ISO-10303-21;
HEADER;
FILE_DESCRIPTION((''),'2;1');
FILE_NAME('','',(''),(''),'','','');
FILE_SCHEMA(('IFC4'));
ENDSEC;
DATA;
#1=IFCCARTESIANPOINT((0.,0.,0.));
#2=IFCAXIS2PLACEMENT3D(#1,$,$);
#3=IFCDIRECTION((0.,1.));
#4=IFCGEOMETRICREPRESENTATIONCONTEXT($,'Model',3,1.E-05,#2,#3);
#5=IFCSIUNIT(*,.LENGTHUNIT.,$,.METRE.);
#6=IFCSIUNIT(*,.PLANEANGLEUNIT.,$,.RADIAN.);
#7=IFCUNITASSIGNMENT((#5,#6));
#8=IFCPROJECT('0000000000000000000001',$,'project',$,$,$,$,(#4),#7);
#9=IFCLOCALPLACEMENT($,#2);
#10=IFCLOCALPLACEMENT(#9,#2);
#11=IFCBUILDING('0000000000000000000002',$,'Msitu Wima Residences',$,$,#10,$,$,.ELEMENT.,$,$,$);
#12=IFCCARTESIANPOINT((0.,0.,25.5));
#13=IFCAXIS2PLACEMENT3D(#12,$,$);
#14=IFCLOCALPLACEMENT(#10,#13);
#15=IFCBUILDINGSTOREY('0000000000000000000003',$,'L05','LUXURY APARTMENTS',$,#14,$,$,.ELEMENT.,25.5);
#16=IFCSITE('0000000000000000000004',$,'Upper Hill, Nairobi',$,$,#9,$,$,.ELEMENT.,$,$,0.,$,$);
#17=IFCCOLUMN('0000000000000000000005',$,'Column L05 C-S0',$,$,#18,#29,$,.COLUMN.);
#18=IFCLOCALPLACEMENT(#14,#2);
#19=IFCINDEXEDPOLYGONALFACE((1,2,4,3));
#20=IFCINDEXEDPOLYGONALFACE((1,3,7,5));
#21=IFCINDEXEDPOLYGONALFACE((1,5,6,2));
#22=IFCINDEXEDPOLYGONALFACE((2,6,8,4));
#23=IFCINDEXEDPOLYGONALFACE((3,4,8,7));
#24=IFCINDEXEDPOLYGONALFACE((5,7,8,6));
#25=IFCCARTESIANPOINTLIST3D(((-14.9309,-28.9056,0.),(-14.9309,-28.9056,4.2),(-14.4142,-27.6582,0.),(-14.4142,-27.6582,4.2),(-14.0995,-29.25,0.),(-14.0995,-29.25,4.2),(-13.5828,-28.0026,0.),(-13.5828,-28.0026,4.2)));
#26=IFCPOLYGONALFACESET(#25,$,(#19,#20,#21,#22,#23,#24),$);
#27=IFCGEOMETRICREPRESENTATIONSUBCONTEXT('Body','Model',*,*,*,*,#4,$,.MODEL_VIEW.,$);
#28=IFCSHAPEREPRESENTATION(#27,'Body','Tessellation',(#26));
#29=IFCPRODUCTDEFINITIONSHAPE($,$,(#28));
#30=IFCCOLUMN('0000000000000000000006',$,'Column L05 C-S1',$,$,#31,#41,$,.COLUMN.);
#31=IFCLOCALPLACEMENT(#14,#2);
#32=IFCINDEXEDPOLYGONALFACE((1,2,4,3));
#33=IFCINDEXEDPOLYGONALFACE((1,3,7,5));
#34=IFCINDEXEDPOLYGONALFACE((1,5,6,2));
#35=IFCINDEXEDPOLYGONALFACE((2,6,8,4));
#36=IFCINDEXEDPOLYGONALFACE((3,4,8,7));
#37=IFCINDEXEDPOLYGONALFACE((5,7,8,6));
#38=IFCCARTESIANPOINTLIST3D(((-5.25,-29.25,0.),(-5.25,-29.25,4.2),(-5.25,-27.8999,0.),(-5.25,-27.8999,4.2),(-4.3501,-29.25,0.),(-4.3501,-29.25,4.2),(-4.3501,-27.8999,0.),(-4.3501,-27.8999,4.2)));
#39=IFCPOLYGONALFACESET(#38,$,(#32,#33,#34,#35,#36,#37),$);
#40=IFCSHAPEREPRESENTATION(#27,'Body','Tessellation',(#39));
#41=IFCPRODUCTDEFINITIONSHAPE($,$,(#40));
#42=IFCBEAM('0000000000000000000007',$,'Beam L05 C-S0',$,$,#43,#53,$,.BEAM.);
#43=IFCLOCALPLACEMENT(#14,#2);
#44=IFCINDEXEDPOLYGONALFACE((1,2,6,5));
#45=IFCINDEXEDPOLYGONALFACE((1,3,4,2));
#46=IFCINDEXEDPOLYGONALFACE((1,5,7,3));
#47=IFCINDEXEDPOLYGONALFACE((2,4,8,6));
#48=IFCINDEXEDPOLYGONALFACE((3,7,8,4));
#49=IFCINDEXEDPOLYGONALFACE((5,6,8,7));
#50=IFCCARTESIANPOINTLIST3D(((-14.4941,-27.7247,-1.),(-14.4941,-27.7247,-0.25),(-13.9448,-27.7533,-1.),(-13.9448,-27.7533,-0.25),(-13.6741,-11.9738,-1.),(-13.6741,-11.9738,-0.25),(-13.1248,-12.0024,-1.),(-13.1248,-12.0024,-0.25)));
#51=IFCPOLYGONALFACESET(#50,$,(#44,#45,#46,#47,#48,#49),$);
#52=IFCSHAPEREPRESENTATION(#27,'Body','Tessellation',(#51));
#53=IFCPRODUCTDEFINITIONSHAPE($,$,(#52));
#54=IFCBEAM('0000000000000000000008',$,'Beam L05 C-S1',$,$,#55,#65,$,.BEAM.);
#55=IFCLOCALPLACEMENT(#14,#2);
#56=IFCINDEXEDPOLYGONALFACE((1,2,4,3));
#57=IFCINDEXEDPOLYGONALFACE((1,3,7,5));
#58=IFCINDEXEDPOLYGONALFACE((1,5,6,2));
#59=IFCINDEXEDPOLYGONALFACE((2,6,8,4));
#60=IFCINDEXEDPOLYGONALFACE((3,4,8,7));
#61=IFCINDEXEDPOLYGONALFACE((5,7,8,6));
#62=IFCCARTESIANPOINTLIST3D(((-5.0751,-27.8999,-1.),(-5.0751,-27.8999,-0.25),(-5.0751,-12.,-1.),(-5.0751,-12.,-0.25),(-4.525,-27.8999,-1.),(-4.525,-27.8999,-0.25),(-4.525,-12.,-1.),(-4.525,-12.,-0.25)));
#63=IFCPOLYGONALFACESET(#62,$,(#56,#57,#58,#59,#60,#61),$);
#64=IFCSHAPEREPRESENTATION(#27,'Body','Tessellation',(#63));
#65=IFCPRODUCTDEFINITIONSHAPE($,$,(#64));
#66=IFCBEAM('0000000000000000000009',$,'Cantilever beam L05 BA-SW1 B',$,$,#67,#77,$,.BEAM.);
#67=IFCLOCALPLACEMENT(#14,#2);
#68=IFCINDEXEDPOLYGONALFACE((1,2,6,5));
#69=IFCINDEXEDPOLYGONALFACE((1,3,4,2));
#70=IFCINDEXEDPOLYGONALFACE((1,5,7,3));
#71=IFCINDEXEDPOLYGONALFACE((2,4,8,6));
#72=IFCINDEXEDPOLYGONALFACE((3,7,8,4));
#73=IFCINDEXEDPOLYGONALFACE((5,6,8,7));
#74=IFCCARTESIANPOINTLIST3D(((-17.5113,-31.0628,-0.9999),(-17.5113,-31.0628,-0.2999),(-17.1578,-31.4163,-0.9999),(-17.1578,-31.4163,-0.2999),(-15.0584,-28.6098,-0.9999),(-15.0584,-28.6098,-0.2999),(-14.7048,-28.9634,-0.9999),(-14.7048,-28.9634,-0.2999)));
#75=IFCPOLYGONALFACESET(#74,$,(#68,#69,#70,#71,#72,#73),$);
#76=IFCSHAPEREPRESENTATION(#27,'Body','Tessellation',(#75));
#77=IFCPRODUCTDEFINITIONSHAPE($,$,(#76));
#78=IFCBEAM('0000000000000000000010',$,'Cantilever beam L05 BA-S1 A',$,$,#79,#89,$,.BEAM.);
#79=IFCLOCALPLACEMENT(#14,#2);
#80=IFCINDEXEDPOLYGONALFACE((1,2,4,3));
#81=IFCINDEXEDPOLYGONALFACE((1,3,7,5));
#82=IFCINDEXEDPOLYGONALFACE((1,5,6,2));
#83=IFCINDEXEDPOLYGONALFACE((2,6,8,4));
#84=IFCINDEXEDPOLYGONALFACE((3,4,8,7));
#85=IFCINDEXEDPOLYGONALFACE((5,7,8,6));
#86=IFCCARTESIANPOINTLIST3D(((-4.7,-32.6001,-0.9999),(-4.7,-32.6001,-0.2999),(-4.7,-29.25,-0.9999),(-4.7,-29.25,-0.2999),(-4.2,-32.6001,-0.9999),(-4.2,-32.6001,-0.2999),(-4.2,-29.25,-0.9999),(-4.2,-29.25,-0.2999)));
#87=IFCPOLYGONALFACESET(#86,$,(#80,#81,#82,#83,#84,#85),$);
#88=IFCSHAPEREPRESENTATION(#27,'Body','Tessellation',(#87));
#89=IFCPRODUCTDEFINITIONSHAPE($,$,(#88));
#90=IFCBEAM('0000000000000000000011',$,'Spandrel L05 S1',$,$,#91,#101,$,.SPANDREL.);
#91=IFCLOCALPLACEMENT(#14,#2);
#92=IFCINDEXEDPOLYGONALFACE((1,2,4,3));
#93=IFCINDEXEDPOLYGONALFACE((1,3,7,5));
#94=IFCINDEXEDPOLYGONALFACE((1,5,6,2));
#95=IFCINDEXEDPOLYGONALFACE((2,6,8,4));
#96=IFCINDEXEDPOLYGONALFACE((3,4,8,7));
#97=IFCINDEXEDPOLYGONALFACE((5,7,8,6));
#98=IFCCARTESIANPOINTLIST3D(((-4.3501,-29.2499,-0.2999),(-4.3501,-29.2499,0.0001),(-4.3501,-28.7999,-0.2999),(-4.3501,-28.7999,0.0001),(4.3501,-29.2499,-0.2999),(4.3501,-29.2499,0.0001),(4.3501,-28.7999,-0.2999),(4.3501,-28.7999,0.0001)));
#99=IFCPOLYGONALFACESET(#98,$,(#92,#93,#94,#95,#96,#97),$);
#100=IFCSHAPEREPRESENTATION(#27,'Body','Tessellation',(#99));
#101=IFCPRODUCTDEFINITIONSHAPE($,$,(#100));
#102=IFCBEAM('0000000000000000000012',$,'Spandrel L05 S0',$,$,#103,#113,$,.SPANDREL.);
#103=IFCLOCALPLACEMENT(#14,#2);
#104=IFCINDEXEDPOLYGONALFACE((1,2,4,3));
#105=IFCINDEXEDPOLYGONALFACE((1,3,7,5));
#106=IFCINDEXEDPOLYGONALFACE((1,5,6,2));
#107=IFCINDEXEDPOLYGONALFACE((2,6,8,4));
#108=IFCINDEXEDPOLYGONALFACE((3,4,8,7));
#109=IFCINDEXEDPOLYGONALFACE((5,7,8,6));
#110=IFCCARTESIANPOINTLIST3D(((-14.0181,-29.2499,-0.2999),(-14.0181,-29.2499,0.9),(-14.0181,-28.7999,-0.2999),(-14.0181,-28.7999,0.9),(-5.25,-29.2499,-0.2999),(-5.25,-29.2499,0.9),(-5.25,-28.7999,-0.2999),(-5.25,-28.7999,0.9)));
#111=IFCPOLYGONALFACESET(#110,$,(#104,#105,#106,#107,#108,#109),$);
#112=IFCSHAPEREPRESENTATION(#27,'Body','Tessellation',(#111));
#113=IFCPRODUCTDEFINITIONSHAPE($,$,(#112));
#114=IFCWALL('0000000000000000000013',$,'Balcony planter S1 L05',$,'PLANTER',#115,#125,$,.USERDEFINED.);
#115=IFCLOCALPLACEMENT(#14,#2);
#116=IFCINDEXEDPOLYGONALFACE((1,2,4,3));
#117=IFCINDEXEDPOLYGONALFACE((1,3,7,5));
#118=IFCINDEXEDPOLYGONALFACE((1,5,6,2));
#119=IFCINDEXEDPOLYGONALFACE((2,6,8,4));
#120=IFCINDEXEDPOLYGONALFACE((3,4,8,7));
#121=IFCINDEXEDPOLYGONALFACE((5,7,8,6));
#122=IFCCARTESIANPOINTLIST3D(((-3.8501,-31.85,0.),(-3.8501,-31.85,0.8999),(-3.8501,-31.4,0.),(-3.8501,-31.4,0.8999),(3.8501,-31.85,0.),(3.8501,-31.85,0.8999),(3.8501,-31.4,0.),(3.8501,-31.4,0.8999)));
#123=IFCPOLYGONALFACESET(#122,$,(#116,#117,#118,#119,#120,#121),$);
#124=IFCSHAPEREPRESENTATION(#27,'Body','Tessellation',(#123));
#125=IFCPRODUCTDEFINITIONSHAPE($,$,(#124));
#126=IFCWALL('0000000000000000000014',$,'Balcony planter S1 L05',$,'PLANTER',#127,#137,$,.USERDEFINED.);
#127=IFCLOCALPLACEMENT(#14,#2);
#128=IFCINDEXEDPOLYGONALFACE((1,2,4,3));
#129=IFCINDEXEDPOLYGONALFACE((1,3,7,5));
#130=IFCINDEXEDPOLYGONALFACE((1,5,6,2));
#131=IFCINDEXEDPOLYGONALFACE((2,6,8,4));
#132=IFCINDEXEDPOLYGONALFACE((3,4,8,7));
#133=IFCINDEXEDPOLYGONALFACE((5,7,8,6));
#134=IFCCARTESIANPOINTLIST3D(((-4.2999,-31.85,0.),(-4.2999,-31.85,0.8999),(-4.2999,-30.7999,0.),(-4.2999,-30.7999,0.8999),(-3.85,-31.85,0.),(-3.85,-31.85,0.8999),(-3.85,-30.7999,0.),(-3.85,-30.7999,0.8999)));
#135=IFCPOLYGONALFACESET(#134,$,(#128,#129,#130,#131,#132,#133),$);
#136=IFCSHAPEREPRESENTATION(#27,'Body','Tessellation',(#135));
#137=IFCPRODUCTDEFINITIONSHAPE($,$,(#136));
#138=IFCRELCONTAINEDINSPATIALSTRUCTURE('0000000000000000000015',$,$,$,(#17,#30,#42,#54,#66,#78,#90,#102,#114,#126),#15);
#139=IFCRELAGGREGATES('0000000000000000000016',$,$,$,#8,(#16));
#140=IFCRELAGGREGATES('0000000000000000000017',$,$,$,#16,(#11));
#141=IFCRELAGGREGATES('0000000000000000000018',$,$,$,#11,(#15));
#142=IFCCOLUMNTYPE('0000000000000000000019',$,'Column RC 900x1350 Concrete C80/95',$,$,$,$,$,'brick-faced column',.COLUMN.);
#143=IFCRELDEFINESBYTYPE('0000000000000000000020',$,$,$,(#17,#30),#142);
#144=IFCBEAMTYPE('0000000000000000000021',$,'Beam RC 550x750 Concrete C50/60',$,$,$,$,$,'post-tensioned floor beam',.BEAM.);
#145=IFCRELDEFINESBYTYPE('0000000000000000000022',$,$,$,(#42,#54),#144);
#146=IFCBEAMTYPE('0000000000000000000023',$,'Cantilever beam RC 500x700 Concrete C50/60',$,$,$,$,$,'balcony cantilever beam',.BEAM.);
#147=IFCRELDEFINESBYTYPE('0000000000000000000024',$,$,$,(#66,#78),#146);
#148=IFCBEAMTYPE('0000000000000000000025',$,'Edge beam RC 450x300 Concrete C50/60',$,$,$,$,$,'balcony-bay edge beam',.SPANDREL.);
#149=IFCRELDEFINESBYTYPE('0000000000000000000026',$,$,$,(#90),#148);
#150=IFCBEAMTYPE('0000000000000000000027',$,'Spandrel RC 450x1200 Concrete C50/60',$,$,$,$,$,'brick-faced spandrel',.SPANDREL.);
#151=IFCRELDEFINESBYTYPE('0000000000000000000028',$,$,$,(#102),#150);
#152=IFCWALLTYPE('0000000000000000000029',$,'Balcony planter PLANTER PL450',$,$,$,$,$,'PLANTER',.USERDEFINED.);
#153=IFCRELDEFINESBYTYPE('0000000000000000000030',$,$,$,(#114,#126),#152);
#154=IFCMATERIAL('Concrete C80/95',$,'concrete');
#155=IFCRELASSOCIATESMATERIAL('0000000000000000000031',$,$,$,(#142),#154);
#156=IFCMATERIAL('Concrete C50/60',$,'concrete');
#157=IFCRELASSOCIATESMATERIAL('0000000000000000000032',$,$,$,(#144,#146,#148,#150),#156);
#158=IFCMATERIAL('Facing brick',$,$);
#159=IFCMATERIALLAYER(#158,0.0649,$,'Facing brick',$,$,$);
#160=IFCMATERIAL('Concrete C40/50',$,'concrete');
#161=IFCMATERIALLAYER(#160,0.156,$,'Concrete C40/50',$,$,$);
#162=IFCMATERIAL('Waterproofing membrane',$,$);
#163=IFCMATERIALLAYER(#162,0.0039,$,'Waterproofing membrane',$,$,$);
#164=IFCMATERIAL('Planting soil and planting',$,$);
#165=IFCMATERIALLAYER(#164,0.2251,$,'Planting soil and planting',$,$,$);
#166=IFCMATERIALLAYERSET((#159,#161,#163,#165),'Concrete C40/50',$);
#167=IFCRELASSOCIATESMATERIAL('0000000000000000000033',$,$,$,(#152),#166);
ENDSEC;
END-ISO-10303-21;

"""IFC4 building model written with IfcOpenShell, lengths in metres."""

from ifc_helpers import new_model, si_unit, direction, frame, frame_2d, origin, origin_2d, place, context, subcontext, project, spatial, rectangle, extrude, material, layer, layer_set, material_profile, profile_set, type_object, element, save


model = new_model("IFC4")

# Units and contexts
model_context = context("Model", 3, precision=1e-05, world=origin(), true_north=direction((0.0, 1.0)))
body_context = subcontext(model_context, "Body", "Model", "MODEL_VIEW")
ifc_project = project(units=[si_unit("LENGTHUNIT", "METRE"), si_unit("PLANEANGLEUNIT", "RADIAN")], contexts=[model_context])

# Site, building, storey
site_placement = place(None, origin())
site = spatial("IfcSite", under=ifc_project, at=site_placement, Name="Upper Hill, Nairobi", CompositionType="ELEMENT", RefElevation=0.0)
building_placement = place(site_placement, origin())
building = spatial("IfcBuilding", under=site, at=building_placement, Name="Msitu Wima Residences", CompositionType="ELEMENT")
storey_placement = place(building_placement, frame((0.0, 0.0, 25.5)))
storey = spatial("IfcBuildingStorey", under=building, at=storey_placement, Name="L05", Description="LUXURY APARTMENTS", CompositionType="ELEMENT", Elevation=25.5)

# Columns
ifc_material_1 = material(Name="Concrete C80/95", Category="concrete")
ifc_material_profile_1 = material_profile(ifc_material_1, rectangle(XDim=0.8999, YDim=1.3501, at=origin_2d()), Name="RC 900x1350")
ifc_profile_set_1 = profile_set([ifc_material_profile_1], Name="Concrete C80/95")
column_type = type_object("IfcColumnType", Name="Column RC 900x1350 Concrete C80/95", ElementType="brick-faced column", PredefinedType="COLUMN", material=ifc_profile_set_1)
for number, where, z_axis, x_axis, name in (
    (1, (-14.2568, -28.4541, 0.0), (0.0, 0.0, 1.0), (0.92388, -0.382683, 0.0), "Column L05 C-S0"),
    (2, (-4.8, -28.575, 0.0), (0.0, 0.0, 1.0), (1.0, 0.0, 0.0), "Column L05 C-S1"),
):
    element("IfcColumn", number, at=place(storey_placement, frame(where, z_axis=z_axis, x_axis=x_axis)), inside=storey, type_object=column_type, Name=name, PredefinedType="COLUMN", context=body_context, shape_type="SweptSolid", body=[
        extrude(rectangle(XDim=0.8999, YDim=1.3501, at=origin_2d()), origin(), (0.0, 0.0, 1.0), 4.2),
    ])

# Beams
ifc_material_2 = material(Name="Concrete C50/60", Category="concrete")
ifc_material_profile_2 = material_profile(ifc_material_2, rectangle(XDim=0.55, YDim=0.75, at=origin_2d()), Name="RC 550x750")
ifc_profile_set_2 = profile_set([ifc_material_profile_2], Name="Concrete C50/60")
beam_type_1 = type_object("IfcBeamType", Name="Beam RC 550x750 Concrete C50/60", ElementType="post-tensioned floor beam", PredefinedType="BEAM", material=ifc_profile_set_2)
beam_1_placement = place(storey_placement, frame((-14.2195, -27.739, -0.625), z_axis=(0.051994, 0.998647, 0.0), x_axis=(-0.998647, 0.051994, 0.0)))
element("IfcBeam", 3, at=beam_1_placement, inside=storey, type_object=beam_type_1, Name="Beam L05 C-S0", PredefinedType="BEAM", context=body_context, shape_type="SweptSolid", body=[
    extrude(rectangle(XDim=0.55, YDim=0.75, at=origin_2d()), origin(), (0.0, 0.0, 1.0), 15.7722),
])
beam_2_placement = place(storey_placement, frame((-4.8, -27.8999, -0.625), z_axis=(0.0, 1.0, 0.0), x_axis=(-1.0, 0.0, 0.0)))
element("IfcBeam", 4, at=beam_2_placement, inside=storey, type_object=beam_type_1, Name="Beam L05 C-S1", PredefinedType="BEAM", context=body_context, shape_type="SweptSolid", body=[
    extrude(rectangle(XDim=0.55, YDim=0.75, at=origin_2d()), origin(), (0.0, 0.0, 1.0), 15.8999),
])
ifc_material_profile_3 = material_profile(ifc_material_2, rectangle(XDim=0.5, YDim=0.7, at=origin_2d()), Name="RC 500x700")
ifc_profile_set_3 = profile_set([ifc_material_profile_3], Name="Concrete C50/60")
beam_type_2 = type_object("IfcBeamType", Name="Cantilever beam RC 500x700 Concrete C50/60", ElementType="balcony cantilever beam", PredefinedType="BEAM", material=ifc_profile_set_3)
beam_3_placement = place(storey_placement, frame((-14.8816, -28.7866, -0.6499), z_axis=(-0.707107, -0.707107, 0.0), x_axis=(0.707107, -0.707107, 0.0)))
element("IfcBeam", 5, at=beam_3_placement, inside=storey, type_object=beam_type_2, Name="Cantilever beam L05 BA-SW1 B", PredefinedType="BEAM", context=body_context, shape_type="SweptSolid", body=[
    extrude(rectangle(XDim=0.5, YDim=0.7, at=origin_2d()), origin(), (0.0, 0.0, 1.0), 3.469),
])
beam_4_placement = place(storey_placement, frame((-4.45, -29.25, -0.6499), z_axis=(0.0, -1.0, 0.0), x_axis=(1.0, 0.0, 0.0)))
element("IfcBeam", 6, at=beam_4_placement, inside=storey, type_object=beam_type_2, Name="Cantilever beam L05 BA-S1 A", PredefinedType="BEAM", context=body_context, shape_type="SweptSolid", body=[
    extrude(rectangle(XDim=0.5, YDim=0.7, at=origin_2d()), origin(), (0.0, 0.0, 1.0), 3.3501),
])
ifc_material_profile_4 = material_profile(ifc_material_2, rectangle(XDim=0.45, YDim=0.3, at=origin_2d()), Name="RC 450x300")
ifc_profile_set_4 = profile_set([ifc_material_profile_4], Name="Concrete C50/60")
beam_type_3 = type_object("IfcBeamType", Name="Edge beam RC 450x300 Concrete C50/60", ElementType="balcony-bay edge beam", PredefinedType="SPANDREL", material=ifc_profile_set_4)
beam_5_placement = place(storey_placement, frame((-4.3501, -29.0249, -0.1499), z_axis=(1.0, 0.0, 0.0), x_axis=(0.0, 1.0, 0.0)))
element("IfcBeam", 7, at=beam_5_placement, inside=storey, type_object=beam_type_3, Name="Spandrel L05 S1", PredefinedType="SPANDREL", context=body_context, shape_type="SweptSolid", body=[
    extrude(rectangle(XDim=0.45, YDim=0.3, at=origin_2d()), origin(), (0.0, 0.0, 1.0), 8.7002),
])
ifc_material_profile_5 = material_profile(ifc_material_2, rectangle(XDim=0.45, YDim=1.2, at=origin_2d()), Name="RC 450x1200")
ifc_profile_set_5 = profile_set([ifc_material_profile_5], Name="Concrete C50/60")
beam_type_4 = type_object("IfcBeamType", Name="Spandrel RC 450x1200 Concrete C50/60", ElementType="brick-faced spandrel", PredefinedType="SPANDREL", material=ifc_profile_set_5)
beam_6_placement = place(storey_placement, frame((-14.0181, -29.0249, 0.3), z_axis=(1.0, 0.0, 0.0), x_axis=(0.0, 1.0, 0.0)))
element("IfcBeam", 8, at=beam_6_placement, inside=storey, type_object=beam_type_4, Name="Spandrel L05 S0", PredefinedType="SPANDREL", context=body_context, shape_type="SweptSolid", body=[
    extrude(rectangle(XDim=0.45, YDim=1.2, at=origin_2d()), origin(), (0.0, 0.0, 1.0), 8.7681),
])

# Walls
ifc_material_3 = material(Name="Facing brick")
ifc_layer_1 = layer(ifc_material_3, 0.0649, Name="Facing brick")
ifc_material_4 = material(Name="Concrete C40/50", Category="concrete")
ifc_layer_2 = layer(ifc_material_4, 0.156, Name="Concrete C40/50")
ifc_material_5 = material(Name="Waterproofing membrane")
ifc_layer_3 = layer(ifc_material_5, 0.0039, Name="Waterproofing membrane")
ifc_material_6 = material(Name="Planting soil and planting")
ifc_layer_4 = layer(ifc_material_6, 0.2251, Name="Planting soil and planting")
ifc_layer_set_1 = layer_set([ifc_layer_1, ifc_layer_2, ifc_layer_3, ifc_layer_4], Name="Concrete C40/50")
wall_type_1 = type_object("IfcWallType", Name="Balcony planter PLANTER PL450", ElementType="PLANTER", PredefinedType="USERDEFINED", material=ifc_layer_set_1)
wall_1_placement = place(storey_placement, frame((-3.8501, -31.625, 0.0), z_axis=(0.0, 0.0, 1.0), x_axis=(1.0, 0.0, 0.0)))
element("IfcWall", 9, at=wall_1_placement, inside=storey, type_object=wall_type_1, Name="Balcony planter S1 L05", ObjectType="PLANTER", PredefinedType="USERDEFINED", context=body_context, shape_type="SweptSolid", body=[
    extrude(rectangle(XDim=7.7002, YDim=0.45, at=frame_2d((3.8501, 0.0))), origin(), (0.0, 0.0, 1.0), 0.8999),
])
wall_2_placement = place(storey_placement, frame((-4.075, -30.8, 0.0), z_axis=(0.0, 0.0, 1.0), x_axis=(0.0, -1.0, 0.0)))
element("IfcWall", 10, at=wall_2_placement, inside=storey, type_object=wall_type_1, Name="Balcony planter S1 L05", ObjectType="PLANTER", PredefinedType="USERDEFINED", context=body_context, shape_type="SweptSolid", body=[
    extrude(rectangle(XDim=1.05, YDim=0.45, at=frame_2d((0.5249, 0.0))), origin(), (0.0, 0.0, 1.0), 0.8999),
])

save(model, "model.ifc")
